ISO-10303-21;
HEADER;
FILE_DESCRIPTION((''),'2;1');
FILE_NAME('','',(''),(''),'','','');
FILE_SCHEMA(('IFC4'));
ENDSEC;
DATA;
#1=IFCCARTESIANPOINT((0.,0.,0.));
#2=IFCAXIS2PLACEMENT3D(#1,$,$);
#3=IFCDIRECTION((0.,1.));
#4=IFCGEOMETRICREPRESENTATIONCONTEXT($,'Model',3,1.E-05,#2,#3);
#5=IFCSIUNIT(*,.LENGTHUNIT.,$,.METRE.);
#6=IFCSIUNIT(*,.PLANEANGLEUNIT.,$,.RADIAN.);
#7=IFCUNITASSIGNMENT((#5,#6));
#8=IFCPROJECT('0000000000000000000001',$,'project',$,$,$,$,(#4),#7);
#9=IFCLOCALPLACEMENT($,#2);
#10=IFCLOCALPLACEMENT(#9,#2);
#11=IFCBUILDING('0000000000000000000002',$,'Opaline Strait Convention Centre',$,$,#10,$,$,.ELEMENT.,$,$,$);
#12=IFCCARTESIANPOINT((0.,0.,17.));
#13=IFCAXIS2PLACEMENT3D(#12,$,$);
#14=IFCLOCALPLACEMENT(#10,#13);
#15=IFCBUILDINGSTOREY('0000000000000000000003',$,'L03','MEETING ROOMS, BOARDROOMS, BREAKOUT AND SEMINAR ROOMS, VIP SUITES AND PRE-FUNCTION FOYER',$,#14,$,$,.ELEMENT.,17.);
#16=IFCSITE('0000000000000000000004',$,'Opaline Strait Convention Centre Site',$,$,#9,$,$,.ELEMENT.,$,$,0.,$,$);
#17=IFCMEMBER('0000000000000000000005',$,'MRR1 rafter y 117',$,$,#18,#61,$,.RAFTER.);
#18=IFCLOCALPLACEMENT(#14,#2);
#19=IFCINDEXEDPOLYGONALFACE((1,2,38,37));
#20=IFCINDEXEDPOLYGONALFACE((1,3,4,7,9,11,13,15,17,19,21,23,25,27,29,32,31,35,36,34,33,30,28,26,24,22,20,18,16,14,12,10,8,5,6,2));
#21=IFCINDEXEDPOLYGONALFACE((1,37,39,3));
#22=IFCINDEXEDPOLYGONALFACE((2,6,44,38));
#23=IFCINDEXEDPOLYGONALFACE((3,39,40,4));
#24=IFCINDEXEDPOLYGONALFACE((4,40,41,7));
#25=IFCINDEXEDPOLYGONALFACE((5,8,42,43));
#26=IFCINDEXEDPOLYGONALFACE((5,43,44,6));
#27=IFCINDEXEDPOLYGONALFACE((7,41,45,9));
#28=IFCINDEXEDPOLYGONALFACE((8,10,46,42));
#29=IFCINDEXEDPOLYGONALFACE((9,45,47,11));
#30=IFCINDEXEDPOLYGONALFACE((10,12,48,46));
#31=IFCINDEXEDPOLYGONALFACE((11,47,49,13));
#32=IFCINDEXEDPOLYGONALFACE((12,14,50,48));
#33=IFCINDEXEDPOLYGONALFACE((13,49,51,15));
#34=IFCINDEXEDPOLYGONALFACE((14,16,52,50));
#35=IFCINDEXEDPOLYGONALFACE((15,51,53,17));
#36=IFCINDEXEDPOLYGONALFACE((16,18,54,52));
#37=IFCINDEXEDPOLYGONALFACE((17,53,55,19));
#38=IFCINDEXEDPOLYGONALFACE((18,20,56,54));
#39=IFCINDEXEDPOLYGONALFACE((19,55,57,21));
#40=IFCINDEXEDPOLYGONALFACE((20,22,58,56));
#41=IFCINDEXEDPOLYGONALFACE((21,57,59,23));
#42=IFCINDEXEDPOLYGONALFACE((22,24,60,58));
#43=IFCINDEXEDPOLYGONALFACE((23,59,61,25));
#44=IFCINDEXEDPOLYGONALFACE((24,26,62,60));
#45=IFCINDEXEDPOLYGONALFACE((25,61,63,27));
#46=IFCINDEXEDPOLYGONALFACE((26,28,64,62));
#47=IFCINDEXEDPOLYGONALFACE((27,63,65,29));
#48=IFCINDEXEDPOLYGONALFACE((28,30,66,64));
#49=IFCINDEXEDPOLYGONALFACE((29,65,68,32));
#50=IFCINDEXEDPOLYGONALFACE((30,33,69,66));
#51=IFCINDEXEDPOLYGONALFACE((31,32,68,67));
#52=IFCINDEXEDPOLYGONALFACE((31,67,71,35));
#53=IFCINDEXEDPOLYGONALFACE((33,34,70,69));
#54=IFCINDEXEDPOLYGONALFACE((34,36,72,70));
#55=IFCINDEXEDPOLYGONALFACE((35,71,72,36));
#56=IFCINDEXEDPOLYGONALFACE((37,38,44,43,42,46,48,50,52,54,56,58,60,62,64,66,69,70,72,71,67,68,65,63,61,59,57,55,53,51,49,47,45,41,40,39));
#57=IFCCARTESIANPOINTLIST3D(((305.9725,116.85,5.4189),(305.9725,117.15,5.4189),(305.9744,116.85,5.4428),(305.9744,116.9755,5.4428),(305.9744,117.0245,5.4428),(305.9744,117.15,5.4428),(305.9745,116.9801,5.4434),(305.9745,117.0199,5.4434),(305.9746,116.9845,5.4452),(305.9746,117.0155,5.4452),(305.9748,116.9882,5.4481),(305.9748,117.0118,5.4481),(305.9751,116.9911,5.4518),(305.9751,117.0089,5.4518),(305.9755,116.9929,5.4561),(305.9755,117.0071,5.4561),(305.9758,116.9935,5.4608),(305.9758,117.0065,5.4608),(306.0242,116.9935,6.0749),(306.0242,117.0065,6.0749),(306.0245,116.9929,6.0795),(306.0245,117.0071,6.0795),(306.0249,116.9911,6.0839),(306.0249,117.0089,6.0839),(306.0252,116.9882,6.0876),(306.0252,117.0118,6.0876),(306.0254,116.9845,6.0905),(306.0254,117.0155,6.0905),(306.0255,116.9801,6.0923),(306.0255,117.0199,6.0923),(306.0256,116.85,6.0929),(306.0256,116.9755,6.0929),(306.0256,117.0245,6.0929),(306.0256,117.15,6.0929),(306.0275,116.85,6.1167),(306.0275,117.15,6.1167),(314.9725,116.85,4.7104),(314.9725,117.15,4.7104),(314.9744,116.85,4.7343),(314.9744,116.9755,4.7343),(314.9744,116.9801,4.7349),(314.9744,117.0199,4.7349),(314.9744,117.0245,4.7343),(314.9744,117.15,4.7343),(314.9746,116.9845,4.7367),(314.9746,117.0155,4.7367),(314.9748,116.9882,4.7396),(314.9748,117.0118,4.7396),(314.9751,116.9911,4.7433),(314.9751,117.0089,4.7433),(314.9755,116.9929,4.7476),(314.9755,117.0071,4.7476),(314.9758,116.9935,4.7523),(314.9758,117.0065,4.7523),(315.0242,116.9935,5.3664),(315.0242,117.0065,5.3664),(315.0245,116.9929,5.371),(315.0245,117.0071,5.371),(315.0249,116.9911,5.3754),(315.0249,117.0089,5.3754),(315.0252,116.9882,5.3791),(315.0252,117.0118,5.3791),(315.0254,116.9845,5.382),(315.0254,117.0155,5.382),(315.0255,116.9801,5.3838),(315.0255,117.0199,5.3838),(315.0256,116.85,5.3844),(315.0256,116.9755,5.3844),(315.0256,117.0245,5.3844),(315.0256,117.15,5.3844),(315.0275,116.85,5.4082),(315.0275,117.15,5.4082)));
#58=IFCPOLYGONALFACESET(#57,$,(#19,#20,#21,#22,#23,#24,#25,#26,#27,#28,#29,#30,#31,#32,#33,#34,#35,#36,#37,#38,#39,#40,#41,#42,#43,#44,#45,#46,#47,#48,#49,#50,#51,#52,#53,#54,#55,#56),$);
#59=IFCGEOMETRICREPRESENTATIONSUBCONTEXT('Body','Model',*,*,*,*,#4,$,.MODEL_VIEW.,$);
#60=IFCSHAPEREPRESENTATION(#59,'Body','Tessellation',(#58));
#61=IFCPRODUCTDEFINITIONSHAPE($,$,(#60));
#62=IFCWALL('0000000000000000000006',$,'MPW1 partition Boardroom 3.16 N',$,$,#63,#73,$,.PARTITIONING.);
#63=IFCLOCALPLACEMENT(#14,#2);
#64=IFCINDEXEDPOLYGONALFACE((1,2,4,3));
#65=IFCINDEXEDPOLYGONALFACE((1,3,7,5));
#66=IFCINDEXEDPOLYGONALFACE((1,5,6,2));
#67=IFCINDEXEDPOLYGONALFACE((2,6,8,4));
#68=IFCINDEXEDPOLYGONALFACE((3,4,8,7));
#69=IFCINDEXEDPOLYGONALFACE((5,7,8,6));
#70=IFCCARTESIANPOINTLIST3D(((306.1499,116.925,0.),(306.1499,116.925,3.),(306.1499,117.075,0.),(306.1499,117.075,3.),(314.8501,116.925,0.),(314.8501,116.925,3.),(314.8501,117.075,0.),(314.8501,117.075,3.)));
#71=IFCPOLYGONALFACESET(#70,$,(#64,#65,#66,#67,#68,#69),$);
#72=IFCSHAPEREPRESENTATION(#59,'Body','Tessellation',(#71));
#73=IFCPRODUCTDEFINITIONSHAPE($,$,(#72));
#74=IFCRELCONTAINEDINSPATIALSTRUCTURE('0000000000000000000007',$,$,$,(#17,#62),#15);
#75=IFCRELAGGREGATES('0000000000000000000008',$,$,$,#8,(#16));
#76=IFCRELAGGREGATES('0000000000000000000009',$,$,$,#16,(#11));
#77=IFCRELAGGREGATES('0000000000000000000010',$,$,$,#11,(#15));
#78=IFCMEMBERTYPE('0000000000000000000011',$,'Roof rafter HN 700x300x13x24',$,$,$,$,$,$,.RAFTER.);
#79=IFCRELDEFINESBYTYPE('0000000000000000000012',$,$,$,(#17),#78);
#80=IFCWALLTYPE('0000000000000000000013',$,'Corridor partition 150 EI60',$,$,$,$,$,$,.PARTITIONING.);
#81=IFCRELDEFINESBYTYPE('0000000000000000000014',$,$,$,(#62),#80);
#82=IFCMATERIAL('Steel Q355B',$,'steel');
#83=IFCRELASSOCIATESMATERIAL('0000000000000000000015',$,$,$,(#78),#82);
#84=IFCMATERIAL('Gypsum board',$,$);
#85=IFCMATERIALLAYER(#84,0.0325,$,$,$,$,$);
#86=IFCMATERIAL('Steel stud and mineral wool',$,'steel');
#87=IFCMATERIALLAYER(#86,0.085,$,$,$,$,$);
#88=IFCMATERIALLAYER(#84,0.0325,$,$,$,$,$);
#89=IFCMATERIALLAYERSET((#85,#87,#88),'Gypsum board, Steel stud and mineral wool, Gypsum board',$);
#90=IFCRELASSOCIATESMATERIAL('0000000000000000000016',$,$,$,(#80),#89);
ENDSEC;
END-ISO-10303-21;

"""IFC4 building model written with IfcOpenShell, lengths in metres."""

from ifc_helpers import new_model, si_unit, direction, frame, frame_2d, origin, origin_2d, place, context, subcontext, project, spatial, rectangle, i_section, extrude, material, layer, layer_set, material_profile, profile_set, type_object, element, save


model = new_model("IFC4")

# Units and contexts
model_context = context("Model", 3, precision=1e-05, world=origin(), true_north=direction((0.0, 1.0)))
body_context = subcontext(model_context, "Body", "Model", "MODEL_VIEW")
ifc_project = project(units=[si_unit("LENGTHUNIT", "METRE"), si_unit("PLANEANGLEUNIT", "RADIAN")], contexts=[model_context])

# Site, building, storey
site_placement = place(None, origin())
site = spatial("IfcSite", under=ifc_project, at=site_placement, Name="Opaline Strait Convention Centre Site", CompositionType="ELEMENT", RefElevation=0.0)
building_placement = place(site_placement, origin())
building = spatial("IfcBuilding", under=site, at=building_placement, Name="Opaline Strait Convention Centre", CompositionType="ELEMENT")
storey_placement = place(building_placement, frame((0.0, 0.0, 17.0)))
storey = spatial("IfcBuildingStorey", under=building, at=storey_placement, Name="L03", Description="MEETING ROOMS, BOARDROOMS, BREAKOUT AND SEMINAR ROOMS, VIP SUITES AND PRE-FUNCTION FOYER", CompositionType="ELEMENT", Elevation=17.0)

# Shared definitions
ifc_material_1 = material(Name="Steel Q355B", Category="steel")

# Member
ifc_material_profile_1 = material_profile(ifc_material_1, i_section(OverallWidth=0.3, OverallDepth=0.7, WebThickness=0.0129, FlangeThickness=0.0239, FilletRadius=0.0181, at=origin_2d()), Name="HN 700x300x13x24")
ifc_profile_set_1 = profile_set([ifc_material_profile_1], Name="Steel Q355B")
member_type_1 = type_object("IfcMemberType", Name="Roof rafter HN 700x300x13x24", PredefinedType="RAFTER", material=ifc_profile_set_1)
member_1_placement = place(storey_placement, frame((306.0, 117.0, 5.7678), z_axis=(0.996916, 0.0, -0.078479), x_axis=(0.0, 1.0, 0.0)))
element("IfcMember", 1, at=member_1_placement, inside=storey, type_object=member_type_1, Name="MRR1 rafter y 117", PredefinedType="RAFTER", context=body_context, shape_type="SweptSolid", body=[
    extrude(i_section(OverallWidth=0.3, OverallDepth=0.7, WebThickness=0.0129, FlangeThickness=0.0239, FilletRadius=0.0181, at=origin_2d()), origin(), (0.0, 0.0, 1.0), 9.0278),
])

# Wall
ifc_material_2 = material(Name="Gypsum board")
ifc_layer_1 = layer(ifc_material_2, 0.0325)
ifc_material_3 = material(Name="Steel stud and mineral wool", Category="steel")
ifc_layer_2 = layer(ifc_material_3, 0.085)
ifc_layer_3 = layer(ifc_material_2, 0.0325)
ifc_layer_set = layer_set([ifc_layer_1, ifc_layer_2, ifc_layer_3], Name="Gypsum board, Steel stud and mineral wool, Gypsum board")
wall_type = type_object("IfcWallType", Name="Corridor partition 150 EI60", PredefinedType="PARTITIONING", material=ifc_layer_set)
wall_placement = place(storey_placement, frame((306.1499, 117.0, 0.0), z_axis=(0.0, 0.0, 1.0), x_axis=(1.0, 0.0, 0.0)))
element("IfcWall", 2, at=wall_placement, inside=storey, type_object=wall_type, Name="MPW1 partition Boardroom 3.16 N", PredefinedType="PARTITIONING", context=body_context, shape_type="SweptSolid", body=[
    extrude(rectangle(XDim=8.7002, YDim=0.1499, at=frame_2d((4.3501, 0.0))), origin(), (0.0, 0.0, 1.0), 3.0),
])

save(model, "model.ifc")
